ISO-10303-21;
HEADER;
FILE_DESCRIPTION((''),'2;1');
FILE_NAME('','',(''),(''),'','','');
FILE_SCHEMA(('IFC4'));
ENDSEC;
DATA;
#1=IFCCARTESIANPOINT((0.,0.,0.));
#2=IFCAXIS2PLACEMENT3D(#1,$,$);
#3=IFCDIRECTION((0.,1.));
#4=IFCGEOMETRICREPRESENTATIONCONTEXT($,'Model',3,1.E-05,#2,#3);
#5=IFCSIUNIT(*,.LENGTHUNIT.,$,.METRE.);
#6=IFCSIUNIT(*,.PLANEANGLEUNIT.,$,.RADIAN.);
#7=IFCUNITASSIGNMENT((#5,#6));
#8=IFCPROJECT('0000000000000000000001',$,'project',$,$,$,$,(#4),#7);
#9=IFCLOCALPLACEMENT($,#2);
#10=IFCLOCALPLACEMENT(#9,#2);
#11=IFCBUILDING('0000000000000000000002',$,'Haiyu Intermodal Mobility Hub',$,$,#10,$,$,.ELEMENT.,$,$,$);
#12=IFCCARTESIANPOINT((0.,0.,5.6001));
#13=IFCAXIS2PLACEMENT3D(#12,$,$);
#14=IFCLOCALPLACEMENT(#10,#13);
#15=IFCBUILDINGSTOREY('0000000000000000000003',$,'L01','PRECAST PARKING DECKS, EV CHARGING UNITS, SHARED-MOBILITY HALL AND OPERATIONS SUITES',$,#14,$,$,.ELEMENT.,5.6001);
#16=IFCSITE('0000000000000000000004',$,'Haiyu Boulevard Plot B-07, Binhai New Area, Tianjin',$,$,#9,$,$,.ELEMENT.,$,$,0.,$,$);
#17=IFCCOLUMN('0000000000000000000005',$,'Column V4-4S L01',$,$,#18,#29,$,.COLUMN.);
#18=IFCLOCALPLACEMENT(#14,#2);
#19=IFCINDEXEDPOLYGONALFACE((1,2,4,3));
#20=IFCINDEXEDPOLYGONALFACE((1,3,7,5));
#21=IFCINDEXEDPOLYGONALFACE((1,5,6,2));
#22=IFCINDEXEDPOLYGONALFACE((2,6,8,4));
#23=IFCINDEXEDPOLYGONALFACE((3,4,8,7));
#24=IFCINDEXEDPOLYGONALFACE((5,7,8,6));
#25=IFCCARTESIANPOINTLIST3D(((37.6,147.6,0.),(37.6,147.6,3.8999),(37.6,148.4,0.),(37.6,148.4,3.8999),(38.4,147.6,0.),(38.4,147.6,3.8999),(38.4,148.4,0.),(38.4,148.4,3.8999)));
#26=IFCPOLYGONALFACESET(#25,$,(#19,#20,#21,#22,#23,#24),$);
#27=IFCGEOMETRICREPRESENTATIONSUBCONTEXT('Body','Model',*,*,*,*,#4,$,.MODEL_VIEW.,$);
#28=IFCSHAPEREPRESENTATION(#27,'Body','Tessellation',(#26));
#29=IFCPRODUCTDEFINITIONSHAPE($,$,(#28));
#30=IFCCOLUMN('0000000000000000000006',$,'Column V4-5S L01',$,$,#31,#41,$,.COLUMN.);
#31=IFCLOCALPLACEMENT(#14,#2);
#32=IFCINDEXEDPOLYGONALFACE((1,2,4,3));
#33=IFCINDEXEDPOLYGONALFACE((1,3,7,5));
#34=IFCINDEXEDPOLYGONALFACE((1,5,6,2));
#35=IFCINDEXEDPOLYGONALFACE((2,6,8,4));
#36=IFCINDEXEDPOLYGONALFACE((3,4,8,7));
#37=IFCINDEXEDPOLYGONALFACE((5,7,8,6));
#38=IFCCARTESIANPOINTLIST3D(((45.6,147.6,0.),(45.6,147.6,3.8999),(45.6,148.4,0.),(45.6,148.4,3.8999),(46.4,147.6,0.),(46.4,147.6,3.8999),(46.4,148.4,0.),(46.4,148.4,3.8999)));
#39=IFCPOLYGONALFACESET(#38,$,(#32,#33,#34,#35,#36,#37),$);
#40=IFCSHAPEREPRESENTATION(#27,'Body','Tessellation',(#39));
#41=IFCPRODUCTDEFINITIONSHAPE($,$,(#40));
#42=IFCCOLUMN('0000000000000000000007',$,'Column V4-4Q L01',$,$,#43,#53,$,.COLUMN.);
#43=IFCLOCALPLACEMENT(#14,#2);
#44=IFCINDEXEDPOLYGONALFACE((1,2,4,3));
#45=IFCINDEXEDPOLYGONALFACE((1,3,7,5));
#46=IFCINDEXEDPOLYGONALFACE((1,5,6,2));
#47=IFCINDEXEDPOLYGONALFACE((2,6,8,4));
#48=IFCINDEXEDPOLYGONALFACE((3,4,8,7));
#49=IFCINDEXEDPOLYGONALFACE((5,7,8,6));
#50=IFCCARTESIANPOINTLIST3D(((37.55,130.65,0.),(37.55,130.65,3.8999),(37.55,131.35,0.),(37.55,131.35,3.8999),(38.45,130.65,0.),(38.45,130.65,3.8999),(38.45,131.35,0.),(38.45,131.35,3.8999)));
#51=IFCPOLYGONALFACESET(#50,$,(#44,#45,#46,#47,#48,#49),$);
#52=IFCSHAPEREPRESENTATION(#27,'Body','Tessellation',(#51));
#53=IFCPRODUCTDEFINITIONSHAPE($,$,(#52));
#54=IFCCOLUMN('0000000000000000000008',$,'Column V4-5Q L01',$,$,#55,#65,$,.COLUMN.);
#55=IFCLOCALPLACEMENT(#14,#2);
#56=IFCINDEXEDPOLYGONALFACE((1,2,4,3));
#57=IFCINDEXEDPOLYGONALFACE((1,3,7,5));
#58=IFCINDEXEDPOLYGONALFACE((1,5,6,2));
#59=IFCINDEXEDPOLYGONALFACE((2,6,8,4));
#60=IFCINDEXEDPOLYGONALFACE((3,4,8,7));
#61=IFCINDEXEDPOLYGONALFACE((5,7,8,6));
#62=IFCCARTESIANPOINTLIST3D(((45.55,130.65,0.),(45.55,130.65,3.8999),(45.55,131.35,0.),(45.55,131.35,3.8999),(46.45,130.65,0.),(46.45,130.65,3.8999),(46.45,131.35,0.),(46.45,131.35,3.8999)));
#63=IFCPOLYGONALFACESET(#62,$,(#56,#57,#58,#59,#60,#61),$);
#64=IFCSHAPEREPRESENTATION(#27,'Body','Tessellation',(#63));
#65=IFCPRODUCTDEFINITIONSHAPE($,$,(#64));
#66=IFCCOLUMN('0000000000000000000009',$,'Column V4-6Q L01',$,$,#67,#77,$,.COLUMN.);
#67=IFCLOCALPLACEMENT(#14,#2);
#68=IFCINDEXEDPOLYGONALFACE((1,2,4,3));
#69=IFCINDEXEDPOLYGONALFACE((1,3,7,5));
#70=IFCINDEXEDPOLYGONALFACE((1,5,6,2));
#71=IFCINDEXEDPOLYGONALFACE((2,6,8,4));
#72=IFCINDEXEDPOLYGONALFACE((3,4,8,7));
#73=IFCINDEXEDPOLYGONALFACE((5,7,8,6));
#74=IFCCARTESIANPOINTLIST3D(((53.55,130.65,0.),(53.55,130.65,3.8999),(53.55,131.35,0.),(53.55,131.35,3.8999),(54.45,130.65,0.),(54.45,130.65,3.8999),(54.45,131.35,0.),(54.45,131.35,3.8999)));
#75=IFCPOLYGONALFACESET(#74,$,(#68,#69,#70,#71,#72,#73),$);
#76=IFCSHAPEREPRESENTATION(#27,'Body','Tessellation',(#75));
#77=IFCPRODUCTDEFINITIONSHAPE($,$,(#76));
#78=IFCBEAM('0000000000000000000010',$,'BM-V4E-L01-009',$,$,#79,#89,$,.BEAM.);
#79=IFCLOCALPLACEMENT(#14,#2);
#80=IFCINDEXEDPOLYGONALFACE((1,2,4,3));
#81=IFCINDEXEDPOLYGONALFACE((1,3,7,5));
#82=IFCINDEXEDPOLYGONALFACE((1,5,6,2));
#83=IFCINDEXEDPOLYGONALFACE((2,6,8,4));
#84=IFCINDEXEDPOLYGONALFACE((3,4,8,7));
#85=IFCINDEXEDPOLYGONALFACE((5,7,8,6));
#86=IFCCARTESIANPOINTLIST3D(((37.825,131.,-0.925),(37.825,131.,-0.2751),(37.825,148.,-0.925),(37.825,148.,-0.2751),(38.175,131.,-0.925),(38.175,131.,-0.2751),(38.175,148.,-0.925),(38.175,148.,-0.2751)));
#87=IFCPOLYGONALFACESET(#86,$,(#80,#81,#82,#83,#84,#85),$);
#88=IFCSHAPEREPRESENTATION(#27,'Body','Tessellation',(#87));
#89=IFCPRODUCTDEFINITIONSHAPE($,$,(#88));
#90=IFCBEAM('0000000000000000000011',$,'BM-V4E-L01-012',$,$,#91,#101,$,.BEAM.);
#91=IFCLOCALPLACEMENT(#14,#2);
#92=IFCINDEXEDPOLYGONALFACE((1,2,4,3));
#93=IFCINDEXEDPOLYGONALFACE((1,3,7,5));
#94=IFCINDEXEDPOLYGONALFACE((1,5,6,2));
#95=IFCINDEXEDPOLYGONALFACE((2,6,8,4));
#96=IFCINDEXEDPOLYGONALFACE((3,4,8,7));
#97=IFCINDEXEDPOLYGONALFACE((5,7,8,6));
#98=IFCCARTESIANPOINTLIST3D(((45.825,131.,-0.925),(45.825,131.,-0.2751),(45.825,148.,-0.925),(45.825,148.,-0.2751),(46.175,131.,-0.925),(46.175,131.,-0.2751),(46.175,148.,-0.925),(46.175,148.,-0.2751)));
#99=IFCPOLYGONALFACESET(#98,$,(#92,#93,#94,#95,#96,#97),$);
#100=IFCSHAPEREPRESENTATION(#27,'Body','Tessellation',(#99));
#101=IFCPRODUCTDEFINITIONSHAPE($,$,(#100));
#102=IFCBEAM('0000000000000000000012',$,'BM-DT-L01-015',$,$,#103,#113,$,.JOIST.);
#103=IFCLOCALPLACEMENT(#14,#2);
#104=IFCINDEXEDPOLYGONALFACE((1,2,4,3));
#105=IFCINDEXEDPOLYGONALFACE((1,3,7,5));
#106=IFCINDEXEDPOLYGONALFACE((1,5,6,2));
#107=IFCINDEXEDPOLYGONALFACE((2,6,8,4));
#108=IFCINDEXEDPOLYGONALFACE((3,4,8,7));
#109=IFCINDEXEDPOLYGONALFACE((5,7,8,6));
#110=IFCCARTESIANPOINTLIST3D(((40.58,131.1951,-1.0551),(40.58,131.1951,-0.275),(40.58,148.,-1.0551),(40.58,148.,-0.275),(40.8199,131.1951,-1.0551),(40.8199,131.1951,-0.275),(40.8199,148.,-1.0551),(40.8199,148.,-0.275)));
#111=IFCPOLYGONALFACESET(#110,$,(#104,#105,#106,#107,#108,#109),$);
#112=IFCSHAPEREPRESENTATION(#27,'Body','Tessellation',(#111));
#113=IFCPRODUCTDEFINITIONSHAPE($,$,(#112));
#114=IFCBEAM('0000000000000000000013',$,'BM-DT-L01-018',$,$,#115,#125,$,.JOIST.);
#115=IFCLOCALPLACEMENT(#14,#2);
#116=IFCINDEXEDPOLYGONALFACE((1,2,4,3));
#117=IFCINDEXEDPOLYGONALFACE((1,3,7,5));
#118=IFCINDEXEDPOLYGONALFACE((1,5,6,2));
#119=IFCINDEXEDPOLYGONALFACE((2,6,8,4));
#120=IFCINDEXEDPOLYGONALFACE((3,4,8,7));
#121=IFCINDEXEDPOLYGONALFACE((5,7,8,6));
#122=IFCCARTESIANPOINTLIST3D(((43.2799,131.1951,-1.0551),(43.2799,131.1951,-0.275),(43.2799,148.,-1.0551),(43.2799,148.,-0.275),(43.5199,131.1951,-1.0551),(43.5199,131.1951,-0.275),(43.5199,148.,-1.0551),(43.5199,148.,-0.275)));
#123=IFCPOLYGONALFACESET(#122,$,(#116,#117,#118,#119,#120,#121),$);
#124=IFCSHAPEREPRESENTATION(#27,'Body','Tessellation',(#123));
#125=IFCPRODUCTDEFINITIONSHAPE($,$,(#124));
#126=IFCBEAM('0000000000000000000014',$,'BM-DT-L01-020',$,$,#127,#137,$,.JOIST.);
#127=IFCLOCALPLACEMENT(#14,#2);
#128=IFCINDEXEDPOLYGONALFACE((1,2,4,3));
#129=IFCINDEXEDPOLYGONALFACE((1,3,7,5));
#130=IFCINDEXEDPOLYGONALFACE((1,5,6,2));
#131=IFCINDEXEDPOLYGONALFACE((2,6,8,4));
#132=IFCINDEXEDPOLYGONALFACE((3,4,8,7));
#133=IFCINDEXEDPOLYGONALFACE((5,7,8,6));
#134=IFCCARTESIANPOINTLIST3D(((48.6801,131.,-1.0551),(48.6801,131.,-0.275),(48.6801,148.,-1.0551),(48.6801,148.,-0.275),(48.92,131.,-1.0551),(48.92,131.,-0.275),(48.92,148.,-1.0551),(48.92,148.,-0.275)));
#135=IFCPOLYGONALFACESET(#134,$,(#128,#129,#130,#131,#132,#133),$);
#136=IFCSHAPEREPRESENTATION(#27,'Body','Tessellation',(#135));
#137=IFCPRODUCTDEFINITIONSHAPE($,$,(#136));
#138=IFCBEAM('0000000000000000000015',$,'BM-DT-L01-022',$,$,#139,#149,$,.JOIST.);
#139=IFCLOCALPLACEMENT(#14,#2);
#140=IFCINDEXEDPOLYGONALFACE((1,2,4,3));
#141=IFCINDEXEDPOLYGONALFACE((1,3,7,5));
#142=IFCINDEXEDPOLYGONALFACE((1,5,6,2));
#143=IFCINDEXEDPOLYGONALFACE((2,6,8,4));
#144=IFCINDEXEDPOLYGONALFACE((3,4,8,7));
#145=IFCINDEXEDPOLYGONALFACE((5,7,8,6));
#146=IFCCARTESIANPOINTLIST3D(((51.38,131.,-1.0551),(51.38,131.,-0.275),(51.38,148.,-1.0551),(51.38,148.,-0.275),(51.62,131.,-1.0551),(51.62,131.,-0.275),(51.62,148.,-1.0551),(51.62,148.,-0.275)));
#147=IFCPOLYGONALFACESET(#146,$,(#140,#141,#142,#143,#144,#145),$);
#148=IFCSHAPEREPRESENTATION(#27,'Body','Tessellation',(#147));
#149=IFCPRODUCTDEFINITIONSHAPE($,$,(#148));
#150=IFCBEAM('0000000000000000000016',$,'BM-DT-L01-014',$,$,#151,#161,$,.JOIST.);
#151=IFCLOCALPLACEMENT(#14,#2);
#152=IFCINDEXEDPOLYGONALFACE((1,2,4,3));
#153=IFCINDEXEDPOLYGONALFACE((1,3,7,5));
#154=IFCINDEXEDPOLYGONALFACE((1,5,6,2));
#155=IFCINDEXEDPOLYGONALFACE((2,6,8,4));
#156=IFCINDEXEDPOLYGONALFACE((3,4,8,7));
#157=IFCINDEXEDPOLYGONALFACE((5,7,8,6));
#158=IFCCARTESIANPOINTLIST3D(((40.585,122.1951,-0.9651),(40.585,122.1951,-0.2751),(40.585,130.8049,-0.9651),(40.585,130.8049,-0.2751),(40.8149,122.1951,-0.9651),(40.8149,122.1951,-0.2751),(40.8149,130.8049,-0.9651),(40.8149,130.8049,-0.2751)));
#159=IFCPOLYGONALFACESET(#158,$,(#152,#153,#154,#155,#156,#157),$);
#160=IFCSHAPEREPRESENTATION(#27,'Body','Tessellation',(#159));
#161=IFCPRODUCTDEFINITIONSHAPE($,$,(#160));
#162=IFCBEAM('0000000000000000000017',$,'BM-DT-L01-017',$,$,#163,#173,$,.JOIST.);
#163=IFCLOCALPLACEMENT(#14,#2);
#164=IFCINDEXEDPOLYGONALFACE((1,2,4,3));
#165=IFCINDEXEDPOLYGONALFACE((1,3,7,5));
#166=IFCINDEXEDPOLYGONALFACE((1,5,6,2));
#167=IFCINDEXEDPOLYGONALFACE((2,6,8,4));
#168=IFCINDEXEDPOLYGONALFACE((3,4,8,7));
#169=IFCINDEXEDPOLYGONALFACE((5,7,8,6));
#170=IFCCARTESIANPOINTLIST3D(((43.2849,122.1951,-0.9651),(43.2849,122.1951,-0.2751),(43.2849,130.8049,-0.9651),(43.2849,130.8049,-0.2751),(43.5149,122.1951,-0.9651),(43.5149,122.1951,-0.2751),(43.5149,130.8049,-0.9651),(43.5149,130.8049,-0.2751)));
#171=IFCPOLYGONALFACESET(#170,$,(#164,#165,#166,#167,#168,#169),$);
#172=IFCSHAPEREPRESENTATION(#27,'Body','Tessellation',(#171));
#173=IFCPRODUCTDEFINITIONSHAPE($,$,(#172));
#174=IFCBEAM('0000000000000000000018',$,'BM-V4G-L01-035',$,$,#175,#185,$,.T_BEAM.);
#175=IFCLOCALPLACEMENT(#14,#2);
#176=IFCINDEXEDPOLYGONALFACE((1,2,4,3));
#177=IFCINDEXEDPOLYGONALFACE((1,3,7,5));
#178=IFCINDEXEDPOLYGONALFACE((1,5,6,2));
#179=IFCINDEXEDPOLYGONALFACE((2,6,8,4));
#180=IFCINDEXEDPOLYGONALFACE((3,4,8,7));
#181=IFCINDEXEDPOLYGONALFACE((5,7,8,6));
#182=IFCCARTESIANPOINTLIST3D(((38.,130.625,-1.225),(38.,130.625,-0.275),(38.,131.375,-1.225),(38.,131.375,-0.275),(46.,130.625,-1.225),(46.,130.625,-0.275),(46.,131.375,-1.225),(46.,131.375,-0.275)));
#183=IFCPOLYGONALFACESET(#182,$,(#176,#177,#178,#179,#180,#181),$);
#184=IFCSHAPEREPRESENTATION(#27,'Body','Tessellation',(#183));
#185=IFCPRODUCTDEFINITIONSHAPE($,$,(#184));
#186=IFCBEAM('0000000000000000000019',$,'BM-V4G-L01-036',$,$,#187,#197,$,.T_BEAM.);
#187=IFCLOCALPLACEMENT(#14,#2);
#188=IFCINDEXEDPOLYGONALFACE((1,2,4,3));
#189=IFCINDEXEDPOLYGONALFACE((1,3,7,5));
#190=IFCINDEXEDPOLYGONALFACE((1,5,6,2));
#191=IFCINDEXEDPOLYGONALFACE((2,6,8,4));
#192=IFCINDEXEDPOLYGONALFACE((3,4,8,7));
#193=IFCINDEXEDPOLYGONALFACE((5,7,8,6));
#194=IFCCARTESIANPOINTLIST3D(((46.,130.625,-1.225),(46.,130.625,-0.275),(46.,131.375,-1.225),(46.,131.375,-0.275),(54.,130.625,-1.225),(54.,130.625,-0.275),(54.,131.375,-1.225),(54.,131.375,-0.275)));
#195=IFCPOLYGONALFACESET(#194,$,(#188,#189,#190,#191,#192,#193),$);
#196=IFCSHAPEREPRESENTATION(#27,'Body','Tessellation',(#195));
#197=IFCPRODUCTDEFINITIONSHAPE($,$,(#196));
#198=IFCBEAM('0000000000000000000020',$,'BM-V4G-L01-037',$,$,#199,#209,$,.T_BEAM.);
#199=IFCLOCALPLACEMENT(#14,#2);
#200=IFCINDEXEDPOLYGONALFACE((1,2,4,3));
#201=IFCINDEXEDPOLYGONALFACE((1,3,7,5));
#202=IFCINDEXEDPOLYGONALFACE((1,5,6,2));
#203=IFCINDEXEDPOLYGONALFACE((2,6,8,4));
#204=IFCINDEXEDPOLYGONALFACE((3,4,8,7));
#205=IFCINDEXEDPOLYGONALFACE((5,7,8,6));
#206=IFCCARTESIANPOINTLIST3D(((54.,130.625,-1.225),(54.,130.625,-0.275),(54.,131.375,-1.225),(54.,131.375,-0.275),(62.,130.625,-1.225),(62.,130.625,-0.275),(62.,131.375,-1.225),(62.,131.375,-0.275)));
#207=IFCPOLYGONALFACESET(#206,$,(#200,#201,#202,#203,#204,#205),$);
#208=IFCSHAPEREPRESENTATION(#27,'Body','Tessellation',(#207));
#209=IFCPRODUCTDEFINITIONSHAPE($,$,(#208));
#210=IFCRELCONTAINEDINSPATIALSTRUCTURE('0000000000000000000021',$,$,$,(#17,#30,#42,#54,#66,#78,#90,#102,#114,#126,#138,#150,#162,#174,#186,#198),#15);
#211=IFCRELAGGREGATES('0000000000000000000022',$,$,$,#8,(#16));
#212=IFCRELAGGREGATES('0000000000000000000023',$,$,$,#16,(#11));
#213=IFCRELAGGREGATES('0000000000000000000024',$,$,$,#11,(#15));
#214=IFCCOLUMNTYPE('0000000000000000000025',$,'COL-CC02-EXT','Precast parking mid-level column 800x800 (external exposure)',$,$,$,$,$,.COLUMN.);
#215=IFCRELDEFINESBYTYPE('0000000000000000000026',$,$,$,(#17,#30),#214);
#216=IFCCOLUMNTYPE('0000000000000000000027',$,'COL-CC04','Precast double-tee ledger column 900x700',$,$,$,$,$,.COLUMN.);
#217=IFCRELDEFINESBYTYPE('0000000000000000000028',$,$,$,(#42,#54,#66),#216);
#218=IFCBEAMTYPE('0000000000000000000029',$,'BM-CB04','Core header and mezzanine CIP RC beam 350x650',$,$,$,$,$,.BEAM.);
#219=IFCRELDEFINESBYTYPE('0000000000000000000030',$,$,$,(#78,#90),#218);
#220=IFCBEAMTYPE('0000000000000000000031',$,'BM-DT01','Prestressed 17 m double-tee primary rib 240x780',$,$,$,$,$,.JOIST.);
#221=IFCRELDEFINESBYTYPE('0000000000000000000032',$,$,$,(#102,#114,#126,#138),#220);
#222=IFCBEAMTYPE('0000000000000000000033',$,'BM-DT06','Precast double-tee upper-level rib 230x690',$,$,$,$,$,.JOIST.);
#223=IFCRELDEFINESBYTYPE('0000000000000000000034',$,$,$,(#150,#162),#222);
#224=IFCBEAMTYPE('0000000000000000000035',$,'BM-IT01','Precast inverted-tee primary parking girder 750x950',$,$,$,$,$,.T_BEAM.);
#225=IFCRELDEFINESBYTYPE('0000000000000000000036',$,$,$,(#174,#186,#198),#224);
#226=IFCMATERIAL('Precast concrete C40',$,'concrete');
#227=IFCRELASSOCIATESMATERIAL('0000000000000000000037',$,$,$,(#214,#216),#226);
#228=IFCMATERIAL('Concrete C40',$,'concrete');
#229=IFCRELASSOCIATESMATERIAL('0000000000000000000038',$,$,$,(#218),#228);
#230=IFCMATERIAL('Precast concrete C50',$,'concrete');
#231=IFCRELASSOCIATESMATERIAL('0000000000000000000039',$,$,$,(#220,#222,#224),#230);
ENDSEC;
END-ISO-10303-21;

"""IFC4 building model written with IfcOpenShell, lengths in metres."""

from ifc_helpers import new_model, si_unit, direction, frame, origin, origin_2d, place, context, subcontext, project, spatial, rectangle, extrude, material, material_profile, profile_set, type_object, element, save


model = new_model("IFC4")

# Units and contexts
model_context = context("Model", 3, precision=1e-05, world=origin(), true_north=direction((0.0, 1.0)))
body_context = subcontext(model_context, "Body", "Model", "MODEL_VIEW")
ifc_project = project(units=[si_unit("LENGTHUNIT", "METRE"), si_unit("PLANEANGLEUNIT", "RADIAN")], contexts=[model_context])

# Site, building, storey
site_placement = place(None, origin())
site = spatial("IfcSite", under=ifc_project, at=site_placement, Name="Haiyu Boulevard Plot B-07, Binhai New Area, Tianjin", CompositionType="ELEMENT", RefElevation=0.0)
building_placement = place(site_placement, origin())
building = spatial("IfcBuilding", under=site, at=building_placement, Name="Haiyu Intermodal Mobility Hub", CompositionType="ELEMENT")
storey_placement = place(building_placement, frame((0.0, 0.0, 5.6001)))
storey = spatial("IfcBuildingStorey", under=building, at=storey_placement, Name="L01", Description="PRECAST PARKING DECKS, EV CHARGING UNITS, SHARED-MOBILITY HALL AND OPERATIONS SUITES", CompositionType="ELEMENT", Elevation=5.6001)

# Columns
ifc_material_1 = material(Name="Precast concrete C40", Category="concrete")
ifc_material_profile_1 = material_profile(ifc_material_1, rectangle(XDim=0.8, YDim=0.8, at=origin_2d()), Name="RC800x800")
ifc_profile_set_1 = profile_set([ifc_material_profile_1], Name="Precast concrete C40")
column_type_1 = type_object("IfcColumnType", Name="COL-CC02-EXT", Description="Precast parking mid-level column 800x800 (external exposure)", PredefinedType="COLUMN", material=ifc_profile_set_1)
for number, where, z_axis, x_axis, name in (
    (1, (38.0, 148.0, 0.0), (0.0, 0.0, 1.0), (1.0, 0.0, 0.0), "Column V4-4S L01"),
    (2, (46.0, 148.0, 0.0), (0.0, 0.0, 1.0), (1.0, 0.0, 0.0), "Column V4-5S L01"),
):
    element("IfcColumn", number, at=place(storey_placement, frame(where, z_axis=z_axis, x_axis=x_axis)), inside=storey, type_object=column_type_1, Name=name, PredefinedType="COLUMN", context=body_context, shape_type="SweptSolid", body=[
        extrude(rectangle(XDim=0.8, YDim=0.8, at=origin_2d()), origin(), (0.0, 0.0, 1.0), 3.8999),
    ])
ifc_material_profile_2 = material_profile(ifc_material_1, rectangle(XDim=0.8999, YDim=0.7, at=origin_2d()), Name="RC900x700")
ifc_profile_set_2 = profile_set([ifc_material_profile_2], Name="Precast concrete C40")
column_type_2 = type_object("IfcColumnType", Name="COL-CC04", Description="Precast double-tee ledger column 900x700", PredefinedType="COLUMN", material=ifc_profile_set_2)
for number, where, z_axis, x_axis, name in (
    (3, (38.0, 131.0, 0.0), (0.0, 0.0, 1.0), (1.0, 0.0, 0.0), "Column V4-4Q L01"),
    (4, (46.0, 131.0, 0.0), (0.0, 0.0, 1.0), (1.0, 0.0, 0.0), "Column V4-5Q L01"),
    (5, (54.0, 131.0, 0.0), (0.0, 0.0, 1.0), (1.0, 0.0, 0.0), "Column V4-6Q L01"),
):
    element("IfcColumn", number, at=place(storey_placement, frame(where, z_axis=z_axis, x_axis=x_axis)), inside=storey, type_object=column_type_2, Name=name, PredefinedType="COLUMN", context=body_context, shape_type="SweptSolid", body=[
        extrude(rectangle(XDim=0.8999, YDim=0.7, at=origin_2d()), origin(), (0.0, 0.0, 1.0), 3.8999),
    ])

# Beams
ifc_material_2 = material(Name="Concrete C40", Category="concrete")
ifc_material_profile_3 = material_profile(ifc_material_2, rectangle(XDim=0.3501, YDim=0.6499, at=origin_2d()), Name="RCB350x650")
ifc_profile_set_3 = profile_set([ifc_material_profile_3], Name="Concrete C40")
beam_type_1 = type_object("IfcBeamType", Name="BM-CB04", Description="Core header and mezzanine CIP RC beam 350x650", PredefinedType="BEAM", material=ifc_profile_set_3)
for number, where, z_axis, x_axis, name in (
    (6, (38.0, 131.0, -0.6001), (0.0, 1.0, 0.0), (-1.0, 0.0, 0.0), "BM-V4E-L01-009"),
    (7, (46.0, 131.0, -0.6001), (0.0, 1.0, 0.0), (-1.0, 0.0, 0.0), "BM-V4E-L01-012"),
):
    element("IfcBeam", number, at=place(storey_placement, frame(where, z_axis=z_axis, x_axis=x_axis)), inside=storey, type_object=beam_type_1, Name=name, PredefinedType="BEAM", context=body_context, shape_type="SweptSolid", body=[
        extrude(rectangle(XDim=0.3501, YDim=0.6499, at=origin_2d()), origin(), (0.0, 0.0, 1.0), 17.0),
    ])
ifc_material_3 = material(Name="Precast concrete C50", Category="concrete")
ifc_material_profile_4 = material_profile(ifc_material_3, rectangle(XDim=0.24, YDim=0.78, at=origin_2d()), Name="PC240x780")
ifc_profile_set_4 = profile_set([ifc_material_profile_4], Name="Precast concrete C50")
beam_type_2 = type_object("IfcBeamType", Name="BM-DT01", Description="Prestressed 17 m double-tee primary rib 240x780", PredefinedType="JOIST", material=ifc_profile_set_4)
for number, where, z_axis, x_axis, name in (
    (8, (40.7, 131.1951, -0.665), (0.0, 1.0, 0.0), (-1.0, 0.0, 0.0), "BM-DT-L01-015"),
    (9, (43.3999, 131.1951, -0.665), (0.0, 1.0, 0.0), (-1.0, 0.0, 0.0), "BM-DT-L01-018"),
):
    element("IfcBeam", number, at=place(storey_placement, frame(where, z_axis=z_axis, x_axis=x_axis)), inside=storey, type_object=beam_type_2, Name=name, PredefinedType="JOIST", context=body_context, shape_type="SweptSolid", body=[
        extrude(rectangle(XDim=0.24, YDim=0.78, at=origin_2d()), origin(), (0.0, 0.0, 1.0), 16.8049),
    ])
for number, where, z_axis, x_axis, name in (
    (10, (48.8, 131.0, -0.665), (0.0, 1.0, 0.0), (-1.0, 0.0, 0.0), "BM-DT-L01-020"),
    (11, (51.5, 131.0, -0.665), (0.0, 1.0, 0.0), (-1.0, 0.0, 0.0), "BM-DT-L01-022"),
):
    element("IfcBeam", number, at=place(storey_placement, frame(where, z_axis=z_axis, x_axis=x_axis)), inside=storey, type_object=beam_type_2, Name=name, PredefinedType="JOIST", context=body_context, shape_type="SweptSolid", body=[
        extrude(rectangle(XDim=0.24, YDim=0.78, at=origin_2d()), origin(), (0.0, 0.0, 1.0), 17.0),
    ])
ifc_material_profile_5 = material_profile(ifc_material_3, rectangle(XDim=0.23, YDim=0.6899, at=origin_2d()), Name="B230x690")
ifc_profile_set_5 = profile_set([ifc_material_profile_5], Name="Precast concrete C50")
beam_type_3 = type_object("IfcBeamType", Name="BM-DT06", Description="Precast double-tee upper-level rib 230x690", PredefinedType="JOIST", material=ifc_profile_set_5)
for number, where, z_axis, x_axis, name in (
    (12, (40.7, 122.1951, -0.6201), (0.0, 1.0, 0.0), (-1.0, 0.0, 0.0), "BM-DT-L01-014"),
    (13, (43.3999, 122.1951, -0.6201), (0.0, 1.0, 0.0), (-1.0, 0.0, 0.0), "BM-DT-L01-017"),
):
    element("IfcBeam", number, at=place(storey_placement, frame(where, z_axis=z_axis, x_axis=x_axis)), inside=storey, type_object=beam_type_3, Name=name, PredefinedType="JOIST", context=body_context, shape_type="SweptSolid", body=[
        extrude(rectangle(XDim=0.23, YDim=0.6899, at=origin_2d()), origin(), (0.0, 0.0, 1.0), 8.6099),
    ])
ifc_material_profile_6 = material_profile(ifc_material_3, rectangle(XDim=0.75, YDim=0.95, at=origin_2d()), Name="PC750x950")
ifc_profile_set_6 = profile_set([ifc_material_profile_6], Name="Precast concrete C50")
beam_type_4 = type_object("IfcBeamType", Name="BM-IT01", Description="Precast inverted-tee primary parking girder 750x950", PredefinedType="T_BEAM", material=ifc_profile_set_6)
for number, where, z_axis, x_axis, name in (
    (14, (38.0, 131.0, -0.75), (1.0, 0.0, 0.0), (0.0, 1.0, 0.0), "BM-V4G-L01-035"),
    (15, (46.0, 131.0, -0.75), (1.0, 0.0, 0.0), (0.0, 1.0, 0.0), "BM-V4G-L01-036"),
    (16, (54.0, 131.0, -0.75), (1.0, 0.0, 0.0), (0.0, 1.0, 0.0), "BM-V4G-L01-037"),
):
    element("IfcBeam", number, at=place(storey_placement, frame(where, z_axis=z_axis, x_axis=x_axis)), inside=storey, type_object=beam_type_4, Name=name, PredefinedType="T_BEAM", context=body_context, shape_type="SweptSolid", body=[
        extrude(rectangle(XDim=0.75, YDim=0.95, at=origin_2d()), origin(), (0.0, 0.0, 1.0), 8.0),
    ])

save(model, "model.ifc")
